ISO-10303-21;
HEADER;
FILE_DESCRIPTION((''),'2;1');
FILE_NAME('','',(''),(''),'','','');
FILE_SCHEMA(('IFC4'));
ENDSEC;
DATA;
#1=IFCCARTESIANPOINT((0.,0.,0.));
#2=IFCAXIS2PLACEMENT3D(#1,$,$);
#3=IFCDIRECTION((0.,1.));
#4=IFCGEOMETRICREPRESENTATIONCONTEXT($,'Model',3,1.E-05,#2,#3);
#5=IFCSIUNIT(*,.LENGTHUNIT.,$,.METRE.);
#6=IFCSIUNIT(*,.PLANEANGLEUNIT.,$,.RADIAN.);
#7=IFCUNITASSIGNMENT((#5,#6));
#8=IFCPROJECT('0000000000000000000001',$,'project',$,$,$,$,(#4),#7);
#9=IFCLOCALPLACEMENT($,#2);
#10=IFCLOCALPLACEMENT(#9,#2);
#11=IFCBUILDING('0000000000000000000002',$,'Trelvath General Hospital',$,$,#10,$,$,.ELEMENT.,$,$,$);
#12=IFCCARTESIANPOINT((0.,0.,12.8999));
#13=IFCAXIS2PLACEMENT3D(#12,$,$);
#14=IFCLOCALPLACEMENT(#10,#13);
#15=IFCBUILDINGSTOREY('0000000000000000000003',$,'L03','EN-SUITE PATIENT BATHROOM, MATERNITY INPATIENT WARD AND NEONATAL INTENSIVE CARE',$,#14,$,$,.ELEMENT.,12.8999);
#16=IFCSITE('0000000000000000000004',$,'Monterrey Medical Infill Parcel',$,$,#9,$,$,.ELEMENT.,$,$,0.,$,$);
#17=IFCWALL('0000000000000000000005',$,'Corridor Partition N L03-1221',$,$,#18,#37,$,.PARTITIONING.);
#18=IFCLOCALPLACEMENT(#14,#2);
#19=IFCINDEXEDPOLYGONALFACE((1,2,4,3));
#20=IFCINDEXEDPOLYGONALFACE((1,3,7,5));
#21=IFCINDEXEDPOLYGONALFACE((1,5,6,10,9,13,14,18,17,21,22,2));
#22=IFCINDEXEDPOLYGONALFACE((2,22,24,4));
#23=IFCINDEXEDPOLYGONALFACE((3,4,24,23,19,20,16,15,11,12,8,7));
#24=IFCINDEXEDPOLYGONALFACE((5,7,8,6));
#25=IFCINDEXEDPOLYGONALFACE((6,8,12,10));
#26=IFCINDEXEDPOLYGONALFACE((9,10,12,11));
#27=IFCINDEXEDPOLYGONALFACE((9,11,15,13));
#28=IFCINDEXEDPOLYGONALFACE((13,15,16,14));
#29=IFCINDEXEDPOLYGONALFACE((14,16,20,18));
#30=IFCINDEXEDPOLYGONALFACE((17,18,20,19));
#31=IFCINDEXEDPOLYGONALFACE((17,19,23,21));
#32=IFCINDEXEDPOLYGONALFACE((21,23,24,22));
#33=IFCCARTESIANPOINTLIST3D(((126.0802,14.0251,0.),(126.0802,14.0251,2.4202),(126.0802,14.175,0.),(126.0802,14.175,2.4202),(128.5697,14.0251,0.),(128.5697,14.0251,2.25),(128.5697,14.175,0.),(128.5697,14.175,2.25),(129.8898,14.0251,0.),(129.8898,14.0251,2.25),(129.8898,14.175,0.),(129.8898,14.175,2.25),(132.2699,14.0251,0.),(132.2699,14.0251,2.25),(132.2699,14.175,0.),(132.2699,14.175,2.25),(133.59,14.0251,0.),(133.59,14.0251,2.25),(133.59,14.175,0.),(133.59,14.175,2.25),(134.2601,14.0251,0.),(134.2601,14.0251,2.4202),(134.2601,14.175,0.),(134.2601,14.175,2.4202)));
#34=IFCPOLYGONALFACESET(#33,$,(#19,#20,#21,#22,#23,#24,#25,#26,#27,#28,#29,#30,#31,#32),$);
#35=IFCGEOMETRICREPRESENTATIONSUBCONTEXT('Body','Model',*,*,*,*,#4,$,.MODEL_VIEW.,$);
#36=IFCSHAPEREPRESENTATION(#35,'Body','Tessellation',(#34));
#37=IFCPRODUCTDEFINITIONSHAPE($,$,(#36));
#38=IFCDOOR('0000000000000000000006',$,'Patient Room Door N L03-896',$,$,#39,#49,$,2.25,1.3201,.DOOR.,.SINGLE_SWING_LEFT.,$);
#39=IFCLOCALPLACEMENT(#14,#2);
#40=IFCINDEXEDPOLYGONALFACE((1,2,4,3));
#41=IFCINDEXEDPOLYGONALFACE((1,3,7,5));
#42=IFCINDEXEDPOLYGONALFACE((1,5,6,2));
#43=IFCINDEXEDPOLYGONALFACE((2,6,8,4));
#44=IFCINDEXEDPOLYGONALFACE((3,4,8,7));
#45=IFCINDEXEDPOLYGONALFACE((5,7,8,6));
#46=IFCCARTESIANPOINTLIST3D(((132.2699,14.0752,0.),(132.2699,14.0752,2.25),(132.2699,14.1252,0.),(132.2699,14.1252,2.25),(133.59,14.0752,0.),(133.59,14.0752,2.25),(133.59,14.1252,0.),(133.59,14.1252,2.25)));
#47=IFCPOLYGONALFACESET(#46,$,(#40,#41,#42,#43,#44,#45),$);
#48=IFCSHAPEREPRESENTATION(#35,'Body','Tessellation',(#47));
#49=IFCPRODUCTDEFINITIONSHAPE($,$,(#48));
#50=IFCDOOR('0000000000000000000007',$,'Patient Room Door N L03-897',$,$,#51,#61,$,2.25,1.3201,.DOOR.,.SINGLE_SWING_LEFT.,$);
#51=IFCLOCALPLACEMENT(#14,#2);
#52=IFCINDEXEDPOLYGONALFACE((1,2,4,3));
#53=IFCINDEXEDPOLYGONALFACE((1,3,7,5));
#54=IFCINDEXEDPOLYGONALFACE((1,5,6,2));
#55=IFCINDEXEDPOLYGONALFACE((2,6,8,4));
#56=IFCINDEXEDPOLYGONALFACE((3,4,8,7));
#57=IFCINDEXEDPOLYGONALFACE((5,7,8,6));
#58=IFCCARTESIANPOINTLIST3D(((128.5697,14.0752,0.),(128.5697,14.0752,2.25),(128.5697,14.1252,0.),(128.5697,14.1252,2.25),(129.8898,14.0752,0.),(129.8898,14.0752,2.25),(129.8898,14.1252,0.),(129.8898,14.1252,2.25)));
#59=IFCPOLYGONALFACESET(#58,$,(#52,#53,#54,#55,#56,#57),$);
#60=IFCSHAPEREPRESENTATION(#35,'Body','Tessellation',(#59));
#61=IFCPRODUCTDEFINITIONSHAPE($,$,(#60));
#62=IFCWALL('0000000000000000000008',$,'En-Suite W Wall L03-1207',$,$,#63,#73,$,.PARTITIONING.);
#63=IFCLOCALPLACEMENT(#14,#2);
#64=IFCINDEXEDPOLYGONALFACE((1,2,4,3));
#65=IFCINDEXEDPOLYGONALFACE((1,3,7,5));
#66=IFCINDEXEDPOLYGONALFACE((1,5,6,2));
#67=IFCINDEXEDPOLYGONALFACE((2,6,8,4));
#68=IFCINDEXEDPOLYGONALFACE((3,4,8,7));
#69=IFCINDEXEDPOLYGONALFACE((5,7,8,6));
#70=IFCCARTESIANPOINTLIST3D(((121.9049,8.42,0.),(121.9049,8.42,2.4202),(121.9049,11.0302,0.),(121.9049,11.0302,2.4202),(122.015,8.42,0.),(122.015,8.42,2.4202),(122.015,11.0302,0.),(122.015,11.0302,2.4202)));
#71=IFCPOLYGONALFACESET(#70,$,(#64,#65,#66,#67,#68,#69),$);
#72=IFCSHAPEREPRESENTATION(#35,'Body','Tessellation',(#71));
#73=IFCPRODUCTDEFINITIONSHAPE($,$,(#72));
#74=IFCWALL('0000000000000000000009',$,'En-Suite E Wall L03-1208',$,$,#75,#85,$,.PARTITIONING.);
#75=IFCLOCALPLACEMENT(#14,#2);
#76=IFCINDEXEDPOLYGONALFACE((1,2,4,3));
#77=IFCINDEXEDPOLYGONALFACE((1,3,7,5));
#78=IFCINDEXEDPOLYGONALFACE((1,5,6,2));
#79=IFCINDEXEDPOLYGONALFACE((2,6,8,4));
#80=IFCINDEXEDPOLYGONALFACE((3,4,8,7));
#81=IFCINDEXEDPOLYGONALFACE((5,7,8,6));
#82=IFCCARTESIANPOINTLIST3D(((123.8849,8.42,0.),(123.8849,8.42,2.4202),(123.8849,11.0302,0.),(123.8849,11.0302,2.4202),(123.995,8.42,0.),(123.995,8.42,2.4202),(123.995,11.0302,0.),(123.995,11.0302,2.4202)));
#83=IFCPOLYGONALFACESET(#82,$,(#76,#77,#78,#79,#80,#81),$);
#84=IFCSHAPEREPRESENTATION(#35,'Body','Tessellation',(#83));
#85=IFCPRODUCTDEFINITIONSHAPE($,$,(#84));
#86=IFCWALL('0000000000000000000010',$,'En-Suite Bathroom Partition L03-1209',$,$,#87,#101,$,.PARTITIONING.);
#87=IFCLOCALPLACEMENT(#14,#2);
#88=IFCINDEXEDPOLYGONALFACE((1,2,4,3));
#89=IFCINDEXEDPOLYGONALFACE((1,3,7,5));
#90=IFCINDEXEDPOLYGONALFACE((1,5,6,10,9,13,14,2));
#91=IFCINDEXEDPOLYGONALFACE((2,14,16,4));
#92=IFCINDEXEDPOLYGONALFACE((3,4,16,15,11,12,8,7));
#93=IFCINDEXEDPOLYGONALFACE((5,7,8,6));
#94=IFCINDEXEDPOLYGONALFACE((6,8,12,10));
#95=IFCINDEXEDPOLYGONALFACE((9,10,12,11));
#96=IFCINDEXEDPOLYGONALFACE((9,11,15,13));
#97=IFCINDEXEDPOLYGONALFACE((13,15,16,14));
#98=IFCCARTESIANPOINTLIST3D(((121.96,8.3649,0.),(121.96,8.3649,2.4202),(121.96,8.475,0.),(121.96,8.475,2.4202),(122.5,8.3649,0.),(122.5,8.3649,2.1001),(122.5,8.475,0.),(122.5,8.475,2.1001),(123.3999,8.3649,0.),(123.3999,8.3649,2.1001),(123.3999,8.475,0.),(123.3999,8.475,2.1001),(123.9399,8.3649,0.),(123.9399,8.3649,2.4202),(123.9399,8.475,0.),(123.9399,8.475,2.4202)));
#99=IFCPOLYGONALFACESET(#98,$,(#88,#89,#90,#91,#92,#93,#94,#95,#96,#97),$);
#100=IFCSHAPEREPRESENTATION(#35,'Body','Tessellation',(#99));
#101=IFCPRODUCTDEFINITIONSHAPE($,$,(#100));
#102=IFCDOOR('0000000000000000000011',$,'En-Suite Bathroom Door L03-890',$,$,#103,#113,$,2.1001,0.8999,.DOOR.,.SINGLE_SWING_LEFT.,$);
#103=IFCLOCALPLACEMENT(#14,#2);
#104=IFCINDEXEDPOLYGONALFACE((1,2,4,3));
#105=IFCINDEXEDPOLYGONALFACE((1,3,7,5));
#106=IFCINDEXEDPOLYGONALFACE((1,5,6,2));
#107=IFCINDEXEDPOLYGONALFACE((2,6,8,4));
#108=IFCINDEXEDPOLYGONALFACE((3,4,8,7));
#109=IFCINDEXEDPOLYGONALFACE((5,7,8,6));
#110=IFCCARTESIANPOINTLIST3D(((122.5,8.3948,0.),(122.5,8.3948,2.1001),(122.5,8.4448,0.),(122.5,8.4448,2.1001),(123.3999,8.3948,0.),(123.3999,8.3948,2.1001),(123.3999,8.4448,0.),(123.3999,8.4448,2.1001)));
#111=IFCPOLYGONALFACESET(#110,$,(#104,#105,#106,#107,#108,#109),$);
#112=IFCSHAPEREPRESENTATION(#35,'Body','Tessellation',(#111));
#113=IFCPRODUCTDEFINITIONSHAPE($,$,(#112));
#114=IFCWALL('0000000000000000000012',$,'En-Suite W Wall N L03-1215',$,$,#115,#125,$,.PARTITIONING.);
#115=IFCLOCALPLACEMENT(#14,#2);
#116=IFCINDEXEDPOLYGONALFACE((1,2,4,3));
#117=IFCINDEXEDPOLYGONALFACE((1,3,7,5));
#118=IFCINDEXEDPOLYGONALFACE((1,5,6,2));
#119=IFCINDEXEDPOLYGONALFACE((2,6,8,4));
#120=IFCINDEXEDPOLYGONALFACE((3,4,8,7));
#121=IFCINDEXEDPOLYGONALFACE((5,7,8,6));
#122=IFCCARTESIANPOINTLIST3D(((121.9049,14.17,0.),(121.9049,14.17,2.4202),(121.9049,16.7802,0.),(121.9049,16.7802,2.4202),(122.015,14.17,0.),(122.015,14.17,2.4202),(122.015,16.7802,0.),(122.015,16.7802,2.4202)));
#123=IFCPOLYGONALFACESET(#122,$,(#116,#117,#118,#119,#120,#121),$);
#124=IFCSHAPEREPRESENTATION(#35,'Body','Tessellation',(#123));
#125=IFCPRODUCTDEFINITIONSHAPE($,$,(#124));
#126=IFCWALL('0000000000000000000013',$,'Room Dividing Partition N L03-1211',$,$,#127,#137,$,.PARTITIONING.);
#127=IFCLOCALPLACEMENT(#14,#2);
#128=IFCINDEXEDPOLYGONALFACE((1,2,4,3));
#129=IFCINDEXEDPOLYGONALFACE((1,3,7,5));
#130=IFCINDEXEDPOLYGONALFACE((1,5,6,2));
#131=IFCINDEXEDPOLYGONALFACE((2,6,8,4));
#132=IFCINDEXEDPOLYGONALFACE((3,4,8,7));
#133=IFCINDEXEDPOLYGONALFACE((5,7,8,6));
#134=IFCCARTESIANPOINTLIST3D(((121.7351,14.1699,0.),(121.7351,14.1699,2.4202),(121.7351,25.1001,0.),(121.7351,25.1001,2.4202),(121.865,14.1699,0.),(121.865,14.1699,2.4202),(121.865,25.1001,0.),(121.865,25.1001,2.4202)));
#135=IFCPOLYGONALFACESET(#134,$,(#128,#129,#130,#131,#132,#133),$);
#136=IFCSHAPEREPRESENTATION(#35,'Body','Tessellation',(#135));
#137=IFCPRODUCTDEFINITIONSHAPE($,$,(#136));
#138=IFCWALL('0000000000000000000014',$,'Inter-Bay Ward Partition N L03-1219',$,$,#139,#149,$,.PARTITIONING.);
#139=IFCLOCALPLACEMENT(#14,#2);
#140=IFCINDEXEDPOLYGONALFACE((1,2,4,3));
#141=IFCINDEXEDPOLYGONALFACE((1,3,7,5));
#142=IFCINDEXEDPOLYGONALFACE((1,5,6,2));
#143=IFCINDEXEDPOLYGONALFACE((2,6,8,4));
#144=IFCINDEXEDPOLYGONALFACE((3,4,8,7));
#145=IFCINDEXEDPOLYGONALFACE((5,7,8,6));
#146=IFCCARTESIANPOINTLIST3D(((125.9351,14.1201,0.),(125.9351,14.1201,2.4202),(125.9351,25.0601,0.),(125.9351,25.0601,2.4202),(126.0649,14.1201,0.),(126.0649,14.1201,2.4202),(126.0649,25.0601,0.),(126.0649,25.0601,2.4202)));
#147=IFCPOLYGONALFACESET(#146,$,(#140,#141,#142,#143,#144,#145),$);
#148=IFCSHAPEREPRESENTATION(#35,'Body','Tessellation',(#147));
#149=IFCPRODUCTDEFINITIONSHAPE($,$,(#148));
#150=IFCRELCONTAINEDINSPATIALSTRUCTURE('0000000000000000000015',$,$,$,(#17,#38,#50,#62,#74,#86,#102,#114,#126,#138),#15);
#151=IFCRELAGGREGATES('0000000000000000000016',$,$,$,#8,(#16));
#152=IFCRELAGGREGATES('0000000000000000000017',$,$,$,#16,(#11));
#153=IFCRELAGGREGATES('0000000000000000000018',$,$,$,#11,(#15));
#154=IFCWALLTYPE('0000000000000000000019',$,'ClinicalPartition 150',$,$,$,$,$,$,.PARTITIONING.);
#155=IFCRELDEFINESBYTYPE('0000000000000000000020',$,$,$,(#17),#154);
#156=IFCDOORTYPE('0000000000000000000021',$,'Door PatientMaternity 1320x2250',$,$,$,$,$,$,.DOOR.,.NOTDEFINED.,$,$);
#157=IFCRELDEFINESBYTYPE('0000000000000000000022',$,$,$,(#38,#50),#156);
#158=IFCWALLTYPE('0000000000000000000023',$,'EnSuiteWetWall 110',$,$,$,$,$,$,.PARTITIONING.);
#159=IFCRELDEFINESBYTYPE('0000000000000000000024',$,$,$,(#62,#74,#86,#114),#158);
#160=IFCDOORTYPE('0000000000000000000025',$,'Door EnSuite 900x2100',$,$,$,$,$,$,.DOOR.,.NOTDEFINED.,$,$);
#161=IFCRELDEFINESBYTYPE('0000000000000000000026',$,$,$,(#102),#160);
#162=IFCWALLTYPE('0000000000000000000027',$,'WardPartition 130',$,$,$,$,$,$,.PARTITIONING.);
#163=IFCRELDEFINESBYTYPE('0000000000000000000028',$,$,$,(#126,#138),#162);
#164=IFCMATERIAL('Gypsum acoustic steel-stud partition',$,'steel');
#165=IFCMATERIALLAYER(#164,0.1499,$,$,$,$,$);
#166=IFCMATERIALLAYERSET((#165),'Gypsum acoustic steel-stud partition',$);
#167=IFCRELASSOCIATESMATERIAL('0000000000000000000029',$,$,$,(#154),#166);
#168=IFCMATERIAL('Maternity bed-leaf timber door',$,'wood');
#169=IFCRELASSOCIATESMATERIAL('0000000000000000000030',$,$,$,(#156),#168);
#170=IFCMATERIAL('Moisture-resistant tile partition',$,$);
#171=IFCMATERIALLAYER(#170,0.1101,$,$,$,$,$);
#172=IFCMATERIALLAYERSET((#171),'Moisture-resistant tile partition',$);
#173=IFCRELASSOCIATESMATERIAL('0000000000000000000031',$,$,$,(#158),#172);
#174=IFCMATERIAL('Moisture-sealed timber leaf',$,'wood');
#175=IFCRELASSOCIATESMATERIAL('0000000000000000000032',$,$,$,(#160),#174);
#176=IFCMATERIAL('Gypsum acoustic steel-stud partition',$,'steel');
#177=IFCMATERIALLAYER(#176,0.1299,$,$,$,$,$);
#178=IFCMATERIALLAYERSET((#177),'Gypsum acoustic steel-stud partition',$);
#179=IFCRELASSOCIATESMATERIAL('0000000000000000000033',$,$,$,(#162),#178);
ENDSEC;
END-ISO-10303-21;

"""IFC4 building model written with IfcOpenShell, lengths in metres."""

from ifc_helpers import new_model, si_unit, direction, frame, frame_2d, origin, place, context, subcontext, project, spatial, rectangle, extrude, material, layer, layer_set, type_object, element, fill, save


model = new_model("IFC4")

# Units and contexts
model_context = context("Model", 3, precision=1e-05, world=origin(), true_north=direction((0.0, 1.0)))
body_context = subcontext(model_context, "Body", "Model", "MODEL_VIEW")
ifc_project = project(units=[si_unit("LENGTHUNIT", "METRE"), si_unit("PLANEANGLEUNIT", "RADIAN")], contexts=[model_context])

# Site, building, storey
site_placement = place(None, origin())
site = spatial("IfcSite", under=ifc_project, at=site_placement, Name="Monterrey Medical Infill Parcel", CompositionType="ELEMENT", RefElevation=0.0)
building_placement = place(site_placement, origin())
building = spatial("IfcBuilding", under=site, at=building_placement, Name="Trelvath General Hospital", CompositionType="ELEMENT")
storey_placement = place(building_placement, frame((0.0, 0.0, 12.8999)))
storey = spatial("IfcBuildingStorey", under=building, at=storey_placement, Name="L03", Description="EN-SUITE PATIENT BATHROOM, MATERNITY INPATIENT WARD AND NEONATAL INTENSIVE CARE", CompositionType="ELEMENT", Elevation=12.8999)

# Shared definitions
ifc_material_1 = material(Name="Gypsum acoustic steel-stud partition", Category="steel")
ifc_layer_1 = layer(ifc_material_1, 0.1499)
ifc_layer_set_1 = layer_set([ifc_layer_1], Name="Gypsum acoustic steel-stud partition")
wall_type_1 = type_object("IfcWallType", Name="ClinicalPartition 150", PredefinedType="PARTITIONING", material=ifc_layer_set_1)
ifc_material_2 = material(Name="Maternity bed-leaf timber door", Category="wood")
door_type_1 = type_object("IfcDoorType", Name="Door PatientMaternity 1320x2250", OperationType="NOTDEFINED", PredefinedType="DOOR", material=ifc_material_2)

# Wall, openings, doors
wall_1_placement = place(storey_placement, frame((134.26, 14.1001, 0.0), z_axis=(0.0, 0.0, 1.0), x_axis=(-1.0, 0.0, 0.0)))
wall_1 = element("IfcWall", 1, at=wall_1_placement, inside=storey, type_object=wall_type_1, Name="Corridor Partition N L03-1221", PredefinedType="PARTITIONING", context=body_context, shape_type="SweptSolid", body=[
    extrude(rectangle(XDim=8.1799, YDim=0.1499, at=frame_2d((4.0898, 0.0))), origin(), (0.0, 0.0, 1.0), 2.4202),
])
opening_1_placement = place(wall_1_placement, frame((0.6699, 0.0, 0.0)))
opening_1 = element("IfcOpeningElement", 2, at=opening_1_placement, cuts=wall_1, PredefinedType="OPENING", context=body_context, shape_type="SweptSolid", body=[
    extrude(rectangle(XDim=1.3201, YDim=2.25, at=frame_2d((0.6602, 1.125))), frame((0.0, 0.085, 0.0), z_axis=(0.0, -1.0, 0.0), x_axis=(1.0, 0.0, 0.0)), (0.0, 0.0, 1.0), 0.1699),
])
opening_2_placement = place(wall_1_placement, frame((4.3701, 0.0, 0.0)))
opening_2 = element("IfcOpeningElement", 3, at=opening_2_placement, cuts=wall_1, PredefinedType="OPENING", context=body_context, shape_type="SweptSolid", body=[
    extrude(rectangle(XDim=1.3201, YDim=2.25, at=frame_2d((0.6602, 1.125))), frame((0.0, 0.085, 0.0), z_axis=(0.0, -1.0, 0.0), x_axis=(1.0, 0.0, 0.0)), (0.0, 0.0, 1.0), 0.1699),
])
door_1_placement = place(opening_1_placement, origin())
door_1 = element("IfcDoor", 4, at=door_1_placement, inside=storey, type_object=door_type_1, Name="Patient Room Door N L03-896", OperationType="SINGLE_SWING_LEFT", OverallHeight=2.25, OverallWidth=1.3201, PredefinedType="DOOR", context=body_context, shape_type="SweptSolid", body=[
    extrude(rectangle(XDim=1.3201, YDim=2.25, at=frame_2d((0.6602, 1.125))), frame((0.0, 0.0249, 0.0), z_axis=(0.0, -1.0, 0.0), x_axis=(1.0, 0.0, 0.0)), (0.0, 0.0, 1.0), 0.05),
])
fill(opening_1, door_1)
door_2_placement = place(opening_2_placement, origin())
door_2 = element("IfcDoor", 5, at=door_2_placement, inside=storey, type_object=door_type_1, Name="Patient Room Door N L03-897", OperationType="SINGLE_SWING_LEFT", OverallHeight=2.25, OverallWidth=1.3201, PredefinedType="DOOR", context=body_context, shape_type="SweptSolid", body=[
    extrude(rectangle(XDim=1.3201, YDim=2.25, at=frame_2d((0.6602, 1.125))), frame((0.0, 0.0249, 0.0), z_axis=(0.0, -1.0, 0.0), x_axis=(1.0, 0.0, 0.0)), (0.0, 0.0, 1.0), 0.05),
])
fill(opening_2, door_2)

# Walls
ifc_material_3 = material(Name="Moisture-resistant tile partition")
ifc_layer_2 = layer(ifc_material_3, 0.1101)
ifc_layer_set_2 = layer_set([ifc_layer_2], Name="Moisture-resistant tile partition")
wall_type_2 = type_object("IfcWallType", Name="EnSuiteWetWall 110", PredefinedType="PARTITIONING", material=ifc_layer_set_2)
for number, where, z_axis, x_axis, name in (
    (6, (121.96, 8.4199, 0.0), (0.0, 0.0, 1.0), (0.0, 1.0, 0.0), "En-Suite W Wall L03-1207"),
    (7, (123.9399, 8.4199, 0.0), (0.0, 0.0, 1.0), (0.0, 1.0, 0.0), "En-Suite E Wall L03-1208"),
):
    element("IfcWall", number, at=place(storey_placement, frame(where, z_axis=z_axis, x_axis=x_axis)), inside=storey, type_object=wall_type_2, Name=name, PredefinedType="PARTITIONING", context=body_context, shape_type="SweptSolid", body=[
        extrude(rectangle(XDim=2.6101, YDim=0.1101, at=frame_2d((1.3052, 0.0))), origin(), (0.0, 0.0, 1.0), 2.4202),
    ])

# Wall, opening, door
wall_2_placement = place(storey_placement, frame((121.96, 8.4199, 0.0), z_axis=(0.0, 0.0, 1.0), x_axis=(1.0, 0.0, 0.0)))
wall_2 = element("IfcWall", 8, at=wall_2_placement, inside=storey, type_object=wall_type_2, Name="En-Suite Bathroom Partition L03-1209", PredefinedType="PARTITIONING", context=body_context, shape_type="SweptSolid", body=[
    extrude(rectangle(XDim=1.98, YDim=0.1101, at=frame_2d((0.99, 0.0))), origin(), (0.0, 0.0, 1.0), 2.4202),
])
opening_3_placement = place(wall_2_placement, frame((0.54, 0.0, 0.0)))
opening_3 = element("IfcOpeningElement", 9, at=opening_3_placement, cuts=wall_2, PredefinedType="OPENING", context=body_context, shape_type="SweptSolid", body=[
    extrude(rectangle(XDim=0.8999, YDim=2.1001, at=frame_2d((0.45, 1.05))), frame((0.0, 0.0649, 0.0), z_axis=(0.0, -1.0, 0.0), x_axis=(1.0, 0.0, 0.0)), (0.0, 0.0, 1.0), 0.1301),
])
ifc_material_4 = material(Name="Moisture-sealed timber leaf", Category="wood")
door_type_2 = type_object("IfcDoorType", Name="Door EnSuite 900x2100", OperationType="NOTDEFINED", PredefinedType="DOOR", material=ifc_material_4)
door_3_placement = place(opening_3_placement, origin())
door_3 = element("IfcDoor", 10, at=door_3_placement, inside=storey, type_object=door_type_2, Name="En-Suite Bathroom Door L03-890", OperationType="SINGLE_SWING_LEFT", OverallHeight=2.1001, OverallWidth=0.8999, PredefinedType="DOOR", context=body_context, shape_type="SweptSolid", body=[
    extrude(rectangle(XDim=0.8999, YDim=2.1001, at=frame_2d((0.45, 1.05))), frame((0.0, 0.0249, 0.0), z_axis=(0.0, -1.0, 0.0), x_axis=(1.0, 0.0, 0.0)), (0.0, 0.0, 1.0), 0.05),
])
fill(opening_3, door_3)

# Walls
wall_3_placement = place(storey_placement, frame((121.96, 14.1699, 0.0), z_axis=(0.0, 0.0, 1.0), x_axis=(0.0, 1.0, 0.0)))
element("IfcWall", 11, at=wall_3_placement, inside=storey, type_object=wall_type_2, Name="En-Suite W Wall N L03-1215", PredefinedType="PARTITIONING", context=body_context, shape_type="SweptSolid", body=[
    extrude(rectangle(XDim=2.6101, YDim=0.1101, at=frame_2d((1.3052, 0.0))), origin(), (0.0, 0.0, 1.0), 2.4202),
])
ifc_material_5 = material(Name="Gypsum acoustic steel-stud partition", Category="steel")
ifc_layer_3 = layer(ifc_material_5, 0.1299)
ifc_layer_set_3 = layer_set([ifc_layer_3], Name="Gypsum acoustic steel-stud partition")
wall_type_3 = type_object("IfcWallType", Name="WardPartition 130", PredefinedType="PARTITIONING", material=ifc_layer_set_3)
wall_4_placement = place(storey_placement, frame((121.8, 14.1699, 0.0), z_axis=(0.0, 0.0, 1.0), x_axis=(0.0, 1.0, 0.0)))
element("IfcWall", 12, at=wall_4_placement, inside=storey, type_object=wall_type_3, Name="Room Dividing Partition N L03-1211", PredefinedType="PARTITIONING", context=body_context, shape_type="SweptSolid", body=[
    extrude(rectangle(XDim=10.9302, YDim=0.1299, at=frame_2d((5.4651, 0.0))), origin(), (0.0, 0.0, 1.0), 2.4202),
])
wall_5_placement = place(storey_placement, frame((126.0, 14.1201, 0.0), z_axis=(0.0, 0.0, 1.0), x_axis=(0.0, 1.0, 0.0)))
element("IfcWall", 13, at=wall_5_placement, inside=storey, type_object=wall_type_3, Name="Inter-Bay Ward Partition N L03-1219", PredefinedType="PARTITIONING", context=body_context, shape_type="SweptSolid", body=[
    extrude(rectangle(XDim=10.9399, YDim=0.1299, at=frame_2d((5.47, 0.0))), origin(), (0.0, 0.0, 1.0), 2.4202),
])

save(model, "model.ifc")
